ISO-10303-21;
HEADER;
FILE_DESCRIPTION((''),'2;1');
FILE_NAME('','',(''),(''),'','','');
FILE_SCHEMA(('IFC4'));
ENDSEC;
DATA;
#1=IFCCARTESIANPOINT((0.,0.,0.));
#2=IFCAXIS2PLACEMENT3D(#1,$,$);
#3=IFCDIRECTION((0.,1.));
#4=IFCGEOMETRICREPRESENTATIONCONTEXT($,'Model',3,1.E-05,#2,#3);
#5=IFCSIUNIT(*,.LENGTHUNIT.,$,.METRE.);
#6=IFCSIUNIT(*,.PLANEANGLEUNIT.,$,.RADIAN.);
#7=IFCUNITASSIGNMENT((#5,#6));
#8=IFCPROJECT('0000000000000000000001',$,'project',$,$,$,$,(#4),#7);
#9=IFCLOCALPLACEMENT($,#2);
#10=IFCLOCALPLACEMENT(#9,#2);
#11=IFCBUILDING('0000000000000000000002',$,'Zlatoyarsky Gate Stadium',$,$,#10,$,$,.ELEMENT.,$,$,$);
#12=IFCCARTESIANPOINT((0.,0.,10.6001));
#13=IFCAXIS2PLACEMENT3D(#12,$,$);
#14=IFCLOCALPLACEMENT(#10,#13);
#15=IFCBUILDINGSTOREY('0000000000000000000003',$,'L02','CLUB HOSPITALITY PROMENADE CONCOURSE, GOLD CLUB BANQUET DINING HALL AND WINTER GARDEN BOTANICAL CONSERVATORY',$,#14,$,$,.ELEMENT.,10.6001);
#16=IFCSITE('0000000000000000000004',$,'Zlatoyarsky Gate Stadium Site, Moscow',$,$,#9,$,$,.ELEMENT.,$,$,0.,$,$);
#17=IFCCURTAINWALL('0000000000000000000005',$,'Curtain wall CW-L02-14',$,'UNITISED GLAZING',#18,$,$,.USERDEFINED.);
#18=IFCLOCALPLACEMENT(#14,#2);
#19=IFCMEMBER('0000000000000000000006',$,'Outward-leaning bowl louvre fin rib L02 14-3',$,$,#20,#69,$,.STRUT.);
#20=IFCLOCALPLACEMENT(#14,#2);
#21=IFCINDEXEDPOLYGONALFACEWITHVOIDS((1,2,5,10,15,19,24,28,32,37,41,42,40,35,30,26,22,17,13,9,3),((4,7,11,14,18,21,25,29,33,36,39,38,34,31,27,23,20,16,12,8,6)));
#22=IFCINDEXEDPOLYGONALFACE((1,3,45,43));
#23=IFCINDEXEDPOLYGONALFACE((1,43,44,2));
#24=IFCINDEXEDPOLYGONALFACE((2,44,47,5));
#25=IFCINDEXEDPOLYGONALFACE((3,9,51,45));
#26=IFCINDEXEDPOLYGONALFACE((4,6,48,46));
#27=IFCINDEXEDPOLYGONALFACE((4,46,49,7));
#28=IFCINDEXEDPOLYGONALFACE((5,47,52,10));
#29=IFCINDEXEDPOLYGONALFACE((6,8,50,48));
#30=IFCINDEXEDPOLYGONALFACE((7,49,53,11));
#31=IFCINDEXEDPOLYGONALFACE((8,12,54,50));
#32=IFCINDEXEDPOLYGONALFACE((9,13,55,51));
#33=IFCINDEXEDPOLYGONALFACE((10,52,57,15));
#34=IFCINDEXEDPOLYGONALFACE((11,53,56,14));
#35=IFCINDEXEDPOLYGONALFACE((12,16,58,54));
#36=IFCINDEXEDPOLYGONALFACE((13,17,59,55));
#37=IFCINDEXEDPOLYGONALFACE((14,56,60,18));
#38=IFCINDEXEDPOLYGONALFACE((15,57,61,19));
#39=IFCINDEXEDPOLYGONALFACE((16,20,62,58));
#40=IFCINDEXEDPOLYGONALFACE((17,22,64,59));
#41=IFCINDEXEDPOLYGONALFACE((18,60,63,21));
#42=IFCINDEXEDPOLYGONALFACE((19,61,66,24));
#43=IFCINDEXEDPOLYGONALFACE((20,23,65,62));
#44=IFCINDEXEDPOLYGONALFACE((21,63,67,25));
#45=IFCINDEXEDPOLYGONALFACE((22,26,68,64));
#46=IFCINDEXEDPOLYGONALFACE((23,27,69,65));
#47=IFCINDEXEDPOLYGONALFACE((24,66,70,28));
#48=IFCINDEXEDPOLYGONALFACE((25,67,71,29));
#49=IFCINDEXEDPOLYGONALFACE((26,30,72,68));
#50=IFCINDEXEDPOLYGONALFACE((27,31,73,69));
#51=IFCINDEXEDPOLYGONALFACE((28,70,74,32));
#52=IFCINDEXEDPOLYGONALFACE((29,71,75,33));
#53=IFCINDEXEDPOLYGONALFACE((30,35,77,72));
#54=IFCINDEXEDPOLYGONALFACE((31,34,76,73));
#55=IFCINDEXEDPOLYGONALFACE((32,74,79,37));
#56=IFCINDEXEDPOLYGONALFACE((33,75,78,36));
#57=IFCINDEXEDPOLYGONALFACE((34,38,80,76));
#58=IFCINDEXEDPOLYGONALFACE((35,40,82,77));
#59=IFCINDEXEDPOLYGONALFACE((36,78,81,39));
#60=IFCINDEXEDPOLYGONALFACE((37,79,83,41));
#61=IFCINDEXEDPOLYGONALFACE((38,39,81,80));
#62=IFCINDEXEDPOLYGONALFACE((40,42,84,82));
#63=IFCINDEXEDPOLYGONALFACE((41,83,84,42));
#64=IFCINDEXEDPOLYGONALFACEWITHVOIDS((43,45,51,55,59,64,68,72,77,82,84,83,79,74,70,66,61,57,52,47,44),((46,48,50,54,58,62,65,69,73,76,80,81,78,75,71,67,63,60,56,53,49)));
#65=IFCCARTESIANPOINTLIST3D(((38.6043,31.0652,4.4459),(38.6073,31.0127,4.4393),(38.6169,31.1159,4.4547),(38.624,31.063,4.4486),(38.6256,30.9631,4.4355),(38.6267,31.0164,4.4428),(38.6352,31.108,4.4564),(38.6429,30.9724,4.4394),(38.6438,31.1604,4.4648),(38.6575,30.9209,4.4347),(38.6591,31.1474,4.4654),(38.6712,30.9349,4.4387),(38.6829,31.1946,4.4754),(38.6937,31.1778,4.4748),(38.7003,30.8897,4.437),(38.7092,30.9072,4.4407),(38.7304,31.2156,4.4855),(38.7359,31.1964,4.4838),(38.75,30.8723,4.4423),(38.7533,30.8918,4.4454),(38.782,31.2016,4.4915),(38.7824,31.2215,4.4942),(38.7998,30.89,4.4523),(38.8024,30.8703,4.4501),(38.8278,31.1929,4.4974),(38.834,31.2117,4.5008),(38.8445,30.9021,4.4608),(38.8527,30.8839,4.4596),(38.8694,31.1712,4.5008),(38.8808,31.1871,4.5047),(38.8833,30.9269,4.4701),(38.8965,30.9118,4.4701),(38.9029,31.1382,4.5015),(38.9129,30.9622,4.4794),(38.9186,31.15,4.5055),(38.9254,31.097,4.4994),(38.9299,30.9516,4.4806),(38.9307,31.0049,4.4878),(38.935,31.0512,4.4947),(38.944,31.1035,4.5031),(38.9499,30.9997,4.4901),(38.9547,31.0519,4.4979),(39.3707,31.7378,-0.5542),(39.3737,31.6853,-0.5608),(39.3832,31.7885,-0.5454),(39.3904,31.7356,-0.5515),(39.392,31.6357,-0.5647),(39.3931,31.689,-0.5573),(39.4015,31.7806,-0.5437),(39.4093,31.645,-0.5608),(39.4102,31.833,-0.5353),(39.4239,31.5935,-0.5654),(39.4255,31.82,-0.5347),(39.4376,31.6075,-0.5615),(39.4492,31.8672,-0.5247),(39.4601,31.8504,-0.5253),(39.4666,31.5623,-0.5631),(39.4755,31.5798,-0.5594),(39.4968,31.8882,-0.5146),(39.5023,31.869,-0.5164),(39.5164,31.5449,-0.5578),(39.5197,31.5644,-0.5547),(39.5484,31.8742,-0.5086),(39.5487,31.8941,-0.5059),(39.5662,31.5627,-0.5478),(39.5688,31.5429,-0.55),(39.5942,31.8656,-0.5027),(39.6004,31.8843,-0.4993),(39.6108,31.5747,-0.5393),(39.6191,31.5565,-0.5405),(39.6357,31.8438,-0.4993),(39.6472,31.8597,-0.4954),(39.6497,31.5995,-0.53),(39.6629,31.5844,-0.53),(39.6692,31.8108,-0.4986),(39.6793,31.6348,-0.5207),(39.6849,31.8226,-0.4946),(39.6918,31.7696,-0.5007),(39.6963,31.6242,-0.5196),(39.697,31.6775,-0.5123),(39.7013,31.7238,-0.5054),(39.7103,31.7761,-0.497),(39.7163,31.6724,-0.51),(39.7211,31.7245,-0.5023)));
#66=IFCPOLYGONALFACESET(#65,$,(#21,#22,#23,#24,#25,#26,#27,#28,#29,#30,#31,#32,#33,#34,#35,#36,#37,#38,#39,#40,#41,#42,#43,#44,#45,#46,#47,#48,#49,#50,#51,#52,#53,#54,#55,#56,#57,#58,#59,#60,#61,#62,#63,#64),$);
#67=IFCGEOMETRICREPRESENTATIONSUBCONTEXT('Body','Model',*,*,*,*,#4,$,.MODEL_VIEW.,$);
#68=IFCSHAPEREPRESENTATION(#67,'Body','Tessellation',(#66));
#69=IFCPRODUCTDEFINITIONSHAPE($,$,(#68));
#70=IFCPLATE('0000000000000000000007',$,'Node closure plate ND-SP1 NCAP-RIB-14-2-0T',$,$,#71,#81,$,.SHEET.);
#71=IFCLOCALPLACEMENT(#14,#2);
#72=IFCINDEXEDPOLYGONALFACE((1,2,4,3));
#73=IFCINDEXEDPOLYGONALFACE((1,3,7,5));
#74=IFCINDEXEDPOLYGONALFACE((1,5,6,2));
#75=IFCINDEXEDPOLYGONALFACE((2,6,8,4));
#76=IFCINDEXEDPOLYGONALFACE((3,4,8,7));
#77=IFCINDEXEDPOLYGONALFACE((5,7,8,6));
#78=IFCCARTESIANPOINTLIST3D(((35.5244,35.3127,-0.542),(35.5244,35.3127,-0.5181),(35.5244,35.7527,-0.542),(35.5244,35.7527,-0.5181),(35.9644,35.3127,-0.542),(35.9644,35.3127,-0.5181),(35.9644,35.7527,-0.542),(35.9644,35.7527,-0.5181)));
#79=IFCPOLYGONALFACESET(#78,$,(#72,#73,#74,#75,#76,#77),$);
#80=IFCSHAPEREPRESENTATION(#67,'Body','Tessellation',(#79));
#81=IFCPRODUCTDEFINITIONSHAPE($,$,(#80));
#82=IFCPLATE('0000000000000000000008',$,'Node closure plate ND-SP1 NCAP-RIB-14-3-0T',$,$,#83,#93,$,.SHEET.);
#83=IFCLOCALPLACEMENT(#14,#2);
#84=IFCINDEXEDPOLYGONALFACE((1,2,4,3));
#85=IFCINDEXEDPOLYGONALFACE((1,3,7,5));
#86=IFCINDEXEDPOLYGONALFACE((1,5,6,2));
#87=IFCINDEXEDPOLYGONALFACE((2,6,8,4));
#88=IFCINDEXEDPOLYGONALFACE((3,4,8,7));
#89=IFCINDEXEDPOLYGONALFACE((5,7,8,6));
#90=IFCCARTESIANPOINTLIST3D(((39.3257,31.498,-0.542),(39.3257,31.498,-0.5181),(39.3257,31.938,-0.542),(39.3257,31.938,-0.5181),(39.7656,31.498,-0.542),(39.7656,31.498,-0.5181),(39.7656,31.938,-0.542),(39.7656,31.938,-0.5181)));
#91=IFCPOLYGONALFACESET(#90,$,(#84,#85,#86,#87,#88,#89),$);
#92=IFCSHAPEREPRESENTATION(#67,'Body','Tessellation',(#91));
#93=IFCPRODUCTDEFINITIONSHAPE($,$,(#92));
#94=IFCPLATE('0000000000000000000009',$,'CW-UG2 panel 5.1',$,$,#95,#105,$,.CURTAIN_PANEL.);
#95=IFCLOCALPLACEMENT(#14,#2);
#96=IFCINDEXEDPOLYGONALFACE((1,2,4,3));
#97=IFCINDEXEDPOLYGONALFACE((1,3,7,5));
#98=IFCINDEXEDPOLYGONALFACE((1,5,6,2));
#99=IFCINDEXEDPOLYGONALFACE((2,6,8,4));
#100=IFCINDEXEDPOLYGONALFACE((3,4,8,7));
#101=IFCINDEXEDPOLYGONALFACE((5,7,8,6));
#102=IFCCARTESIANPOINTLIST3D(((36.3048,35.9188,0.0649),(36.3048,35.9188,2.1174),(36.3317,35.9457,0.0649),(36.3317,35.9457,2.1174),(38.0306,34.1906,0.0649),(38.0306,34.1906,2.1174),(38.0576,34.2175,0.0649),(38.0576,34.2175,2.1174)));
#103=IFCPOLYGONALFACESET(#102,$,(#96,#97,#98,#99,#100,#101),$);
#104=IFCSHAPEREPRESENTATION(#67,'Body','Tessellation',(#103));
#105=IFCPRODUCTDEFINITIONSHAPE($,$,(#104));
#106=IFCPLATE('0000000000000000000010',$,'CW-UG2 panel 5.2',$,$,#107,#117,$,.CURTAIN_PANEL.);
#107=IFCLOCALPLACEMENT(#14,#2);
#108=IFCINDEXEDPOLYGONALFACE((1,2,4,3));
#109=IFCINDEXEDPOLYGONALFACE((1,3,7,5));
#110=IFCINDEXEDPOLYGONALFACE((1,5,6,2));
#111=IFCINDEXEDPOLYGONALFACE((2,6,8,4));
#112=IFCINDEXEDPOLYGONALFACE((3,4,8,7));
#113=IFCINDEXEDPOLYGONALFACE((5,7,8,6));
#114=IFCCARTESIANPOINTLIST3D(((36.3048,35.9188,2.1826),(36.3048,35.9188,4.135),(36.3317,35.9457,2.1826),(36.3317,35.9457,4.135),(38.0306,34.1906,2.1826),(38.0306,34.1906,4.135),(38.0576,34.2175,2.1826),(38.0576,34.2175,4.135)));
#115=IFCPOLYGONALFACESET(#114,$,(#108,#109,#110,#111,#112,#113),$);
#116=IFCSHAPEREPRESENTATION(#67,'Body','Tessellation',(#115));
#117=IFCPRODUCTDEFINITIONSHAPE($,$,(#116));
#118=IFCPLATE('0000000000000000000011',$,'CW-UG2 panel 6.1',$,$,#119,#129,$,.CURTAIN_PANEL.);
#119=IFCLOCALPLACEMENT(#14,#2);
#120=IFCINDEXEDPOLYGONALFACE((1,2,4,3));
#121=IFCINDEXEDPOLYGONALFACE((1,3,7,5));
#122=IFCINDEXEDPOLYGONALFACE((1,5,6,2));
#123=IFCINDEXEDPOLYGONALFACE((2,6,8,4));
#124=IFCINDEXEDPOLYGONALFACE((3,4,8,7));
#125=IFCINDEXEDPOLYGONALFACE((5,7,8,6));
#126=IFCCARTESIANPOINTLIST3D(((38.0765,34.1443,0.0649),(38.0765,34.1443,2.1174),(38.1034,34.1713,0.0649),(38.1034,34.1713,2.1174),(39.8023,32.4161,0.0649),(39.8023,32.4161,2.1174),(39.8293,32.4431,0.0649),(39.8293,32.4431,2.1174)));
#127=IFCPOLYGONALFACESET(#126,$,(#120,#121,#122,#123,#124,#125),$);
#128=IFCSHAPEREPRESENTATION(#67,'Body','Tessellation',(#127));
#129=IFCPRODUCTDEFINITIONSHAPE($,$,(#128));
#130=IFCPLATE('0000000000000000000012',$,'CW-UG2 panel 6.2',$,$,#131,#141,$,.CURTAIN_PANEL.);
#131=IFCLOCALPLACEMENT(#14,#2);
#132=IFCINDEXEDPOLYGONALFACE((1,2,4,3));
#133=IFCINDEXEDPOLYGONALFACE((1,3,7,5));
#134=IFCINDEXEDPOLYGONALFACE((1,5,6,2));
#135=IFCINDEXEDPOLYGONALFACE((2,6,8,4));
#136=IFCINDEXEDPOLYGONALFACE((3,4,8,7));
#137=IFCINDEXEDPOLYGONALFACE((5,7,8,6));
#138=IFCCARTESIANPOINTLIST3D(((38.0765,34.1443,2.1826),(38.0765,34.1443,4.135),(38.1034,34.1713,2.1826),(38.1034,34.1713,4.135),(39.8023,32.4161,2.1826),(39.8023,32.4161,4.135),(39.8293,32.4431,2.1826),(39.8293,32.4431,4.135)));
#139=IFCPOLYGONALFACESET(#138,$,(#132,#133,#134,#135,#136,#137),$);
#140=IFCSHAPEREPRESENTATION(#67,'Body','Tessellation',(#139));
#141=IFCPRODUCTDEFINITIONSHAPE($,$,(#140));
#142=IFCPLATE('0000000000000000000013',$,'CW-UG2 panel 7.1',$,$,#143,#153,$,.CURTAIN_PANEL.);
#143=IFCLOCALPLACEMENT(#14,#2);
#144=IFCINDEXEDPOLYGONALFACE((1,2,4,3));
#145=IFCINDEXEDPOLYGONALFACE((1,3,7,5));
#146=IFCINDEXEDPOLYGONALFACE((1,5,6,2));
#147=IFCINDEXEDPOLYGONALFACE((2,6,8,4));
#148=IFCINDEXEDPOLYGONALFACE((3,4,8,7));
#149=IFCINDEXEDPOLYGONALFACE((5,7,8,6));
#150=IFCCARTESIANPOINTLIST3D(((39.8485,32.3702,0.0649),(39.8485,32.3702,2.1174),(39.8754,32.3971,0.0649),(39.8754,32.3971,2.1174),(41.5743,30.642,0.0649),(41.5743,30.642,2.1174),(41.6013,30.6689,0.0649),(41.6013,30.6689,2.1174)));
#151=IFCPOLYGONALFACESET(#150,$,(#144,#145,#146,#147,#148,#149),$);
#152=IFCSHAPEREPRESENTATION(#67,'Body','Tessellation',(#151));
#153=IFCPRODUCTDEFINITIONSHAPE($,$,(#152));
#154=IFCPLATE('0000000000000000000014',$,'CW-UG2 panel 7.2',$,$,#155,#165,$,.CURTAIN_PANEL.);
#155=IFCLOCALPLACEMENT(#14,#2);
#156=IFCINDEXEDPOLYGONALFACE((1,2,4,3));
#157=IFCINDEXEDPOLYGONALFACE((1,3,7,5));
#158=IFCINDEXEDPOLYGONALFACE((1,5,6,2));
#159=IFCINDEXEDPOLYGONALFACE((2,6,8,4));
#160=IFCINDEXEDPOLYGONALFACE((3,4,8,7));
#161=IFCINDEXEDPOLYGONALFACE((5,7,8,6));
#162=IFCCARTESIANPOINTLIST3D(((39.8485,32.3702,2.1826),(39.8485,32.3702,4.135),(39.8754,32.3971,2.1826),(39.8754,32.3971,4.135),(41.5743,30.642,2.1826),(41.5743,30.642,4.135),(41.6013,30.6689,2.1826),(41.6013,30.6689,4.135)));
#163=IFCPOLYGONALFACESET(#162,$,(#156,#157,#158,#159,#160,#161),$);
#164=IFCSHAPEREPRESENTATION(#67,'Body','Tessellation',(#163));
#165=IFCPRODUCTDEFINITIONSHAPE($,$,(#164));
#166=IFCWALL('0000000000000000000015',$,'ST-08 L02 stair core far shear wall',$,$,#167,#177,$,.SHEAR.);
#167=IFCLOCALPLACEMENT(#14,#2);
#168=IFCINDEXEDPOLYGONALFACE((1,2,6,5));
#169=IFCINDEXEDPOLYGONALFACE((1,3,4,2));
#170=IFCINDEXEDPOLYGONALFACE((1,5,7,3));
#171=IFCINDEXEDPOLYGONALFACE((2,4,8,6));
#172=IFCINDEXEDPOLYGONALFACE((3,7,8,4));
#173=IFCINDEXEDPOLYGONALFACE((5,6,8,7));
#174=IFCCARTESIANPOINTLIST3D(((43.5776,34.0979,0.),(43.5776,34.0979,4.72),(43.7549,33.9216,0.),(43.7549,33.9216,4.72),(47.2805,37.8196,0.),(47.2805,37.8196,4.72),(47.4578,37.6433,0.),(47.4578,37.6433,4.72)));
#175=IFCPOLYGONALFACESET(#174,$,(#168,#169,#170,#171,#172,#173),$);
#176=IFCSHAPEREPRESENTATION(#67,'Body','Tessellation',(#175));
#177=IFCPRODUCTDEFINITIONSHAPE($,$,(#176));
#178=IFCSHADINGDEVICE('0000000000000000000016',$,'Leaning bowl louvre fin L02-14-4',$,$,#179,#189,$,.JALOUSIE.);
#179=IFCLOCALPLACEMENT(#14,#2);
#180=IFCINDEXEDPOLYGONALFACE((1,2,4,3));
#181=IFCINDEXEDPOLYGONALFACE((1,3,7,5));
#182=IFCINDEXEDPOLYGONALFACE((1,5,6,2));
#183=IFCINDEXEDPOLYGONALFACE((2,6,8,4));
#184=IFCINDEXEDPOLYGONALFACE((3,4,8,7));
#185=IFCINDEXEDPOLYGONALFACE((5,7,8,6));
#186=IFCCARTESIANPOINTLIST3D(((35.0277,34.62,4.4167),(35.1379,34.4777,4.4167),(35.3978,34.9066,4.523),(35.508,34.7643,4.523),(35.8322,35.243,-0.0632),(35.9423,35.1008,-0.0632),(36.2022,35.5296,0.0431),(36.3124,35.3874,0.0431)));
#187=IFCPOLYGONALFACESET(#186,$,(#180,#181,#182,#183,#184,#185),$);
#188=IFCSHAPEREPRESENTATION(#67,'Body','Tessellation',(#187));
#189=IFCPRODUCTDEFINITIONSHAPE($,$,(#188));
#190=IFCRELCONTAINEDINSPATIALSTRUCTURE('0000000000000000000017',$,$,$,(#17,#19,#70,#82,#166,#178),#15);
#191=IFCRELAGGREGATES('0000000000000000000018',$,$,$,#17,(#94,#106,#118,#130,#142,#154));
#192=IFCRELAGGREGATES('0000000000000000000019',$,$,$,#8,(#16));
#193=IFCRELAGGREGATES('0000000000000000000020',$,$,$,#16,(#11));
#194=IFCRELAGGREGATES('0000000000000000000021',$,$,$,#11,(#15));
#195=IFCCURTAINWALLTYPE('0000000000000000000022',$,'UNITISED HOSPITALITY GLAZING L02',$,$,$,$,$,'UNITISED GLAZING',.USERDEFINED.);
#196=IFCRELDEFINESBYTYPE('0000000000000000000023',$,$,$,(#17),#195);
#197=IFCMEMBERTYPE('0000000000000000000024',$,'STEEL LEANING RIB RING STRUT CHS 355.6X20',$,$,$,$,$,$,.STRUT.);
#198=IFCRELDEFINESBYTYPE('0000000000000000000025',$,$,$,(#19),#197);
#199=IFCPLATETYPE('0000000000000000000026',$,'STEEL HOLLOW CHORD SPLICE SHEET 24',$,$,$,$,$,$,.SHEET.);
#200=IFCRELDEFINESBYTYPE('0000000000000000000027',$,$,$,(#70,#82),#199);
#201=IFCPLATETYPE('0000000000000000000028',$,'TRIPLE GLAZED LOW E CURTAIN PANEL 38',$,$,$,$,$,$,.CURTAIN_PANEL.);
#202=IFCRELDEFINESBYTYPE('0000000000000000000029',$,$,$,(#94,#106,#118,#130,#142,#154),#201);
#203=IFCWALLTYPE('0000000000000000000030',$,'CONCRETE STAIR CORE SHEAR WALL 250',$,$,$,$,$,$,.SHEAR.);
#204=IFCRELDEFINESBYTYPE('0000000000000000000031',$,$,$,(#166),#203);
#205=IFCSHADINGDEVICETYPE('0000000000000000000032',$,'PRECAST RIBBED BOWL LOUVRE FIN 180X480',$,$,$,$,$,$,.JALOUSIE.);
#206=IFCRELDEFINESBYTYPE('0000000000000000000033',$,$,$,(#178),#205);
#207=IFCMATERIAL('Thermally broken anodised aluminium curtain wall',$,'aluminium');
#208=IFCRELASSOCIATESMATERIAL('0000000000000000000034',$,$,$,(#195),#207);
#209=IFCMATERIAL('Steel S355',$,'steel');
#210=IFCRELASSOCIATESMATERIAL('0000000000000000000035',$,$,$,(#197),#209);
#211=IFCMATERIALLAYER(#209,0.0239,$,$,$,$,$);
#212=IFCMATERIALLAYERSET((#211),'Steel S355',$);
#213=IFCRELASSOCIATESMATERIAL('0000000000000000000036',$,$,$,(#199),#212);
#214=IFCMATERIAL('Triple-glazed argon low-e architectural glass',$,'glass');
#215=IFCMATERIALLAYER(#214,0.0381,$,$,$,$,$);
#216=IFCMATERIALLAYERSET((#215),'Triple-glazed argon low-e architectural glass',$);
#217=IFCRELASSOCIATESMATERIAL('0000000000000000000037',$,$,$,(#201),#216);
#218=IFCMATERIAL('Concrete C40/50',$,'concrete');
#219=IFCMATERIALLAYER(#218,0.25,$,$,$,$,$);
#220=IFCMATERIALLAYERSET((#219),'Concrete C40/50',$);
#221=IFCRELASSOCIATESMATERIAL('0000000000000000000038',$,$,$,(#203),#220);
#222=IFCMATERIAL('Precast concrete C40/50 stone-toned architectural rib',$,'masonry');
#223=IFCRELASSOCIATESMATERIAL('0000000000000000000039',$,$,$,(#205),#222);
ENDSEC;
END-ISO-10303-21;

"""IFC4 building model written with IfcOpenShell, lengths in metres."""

from ifc_helpers import new_model, si_unit, direction, frame, frame_2d, origin, origin_2d, place, context, subcontext, project, spatial, rectangle, hollow_circle, extrude, material, layer, layer_set, material_profile, profile_set, type_object, element, aggregate, save


model = new_model("IFC4")

# Units and contexts
model_context = context("Model", 3, precision=1e-05, world=origin(), true_north=direction((0.0, 1.0)))
body_context = subcontext(model_context, "Body", "Model", "MODEL_VIEW")
ifc_project = project(units=[si_unit("LENGTHUNIT", "METRE"), si_unit("PLANEANGLEUNIT", "RADIAN")], contexts=[model_context])

# Site, building, storey
site_placement = place(None, origin())
site = spatial("IfcSite", under=ifc_project, at=site_placement, Name="Zlatoyarsky Gate Stadium Site, Moscow", CompositionType="ELEMENT", RefElevation=0.0)
building_placement = place(site_placement, origin())
building = spatial("IfcBuilding", under=site, at=building_placement, Name="Zlatoyarsky Gate Stadium", CompositionType="ELEMENT")
storey_placement = place(building_placement, frame((0.0, 0.0, 10.6001)))
storey = spatial("IfcBuildingStorey", under=building, at=storey_placement, Name="L02", Description="CLUB HOSPITALITY PROMENADE CONCOURSE, GOLD CLUB BANQUET DINING HALL AND WINTER GARDEN BOTANICAL CONSERVATORY", CompositionType="ELEMENT", Elevation=10.6001)

# Curtain wall
ifc_material_1 = material(Name="Thermally broken anodised aluminium curtain wall", Category="aluminium")
curtain_wall_type = type_object("IfcCurtainWallType", Name="UNITISED HOSPITALITY GLAZING L02", ElementType="UNITISED GLAZING", PredefinedType="USERDEFINED", material=ifc_material_1)
curtain_wall_placement = place(storey_placement, origin())
curtain_wall = element("IfcCurtainWall", 1, at=curtain_wall_placement, inside=storey, type_object=curtain_wall_type, Name="Curtain wall CW-L02-14", ObjectType="UNITISED GLAZING", PredefinedType="USERDEFINED")

# Member
ifc_material_2 = material(Name="Steel S355", Category="steel")
ifc_material_profile_1 = material_profile(ifc_material_2, hollow_circle(Radius=0.1777, WallThickness=0.02, at=origin_2d()), Name="CHS 355.6X20")
ifc_profile_set_1 = profile_set([ifc_material_profile_1], Name="Steel S355")
member_type_1 = type_object("IfcMemberType", Name="STEEL LEANING RIB RING STRUT CHS 355.6X20", PredefinedType="STRUT", material=ifc_profile_set_1)
member_1_placement = place(storey_placement, frame((39.5457, 31.718, -0.53), z_axis=(-0.15018, -0.131809, 0.979833), x_axis=(0.65964, -0.751582, 0.0)))
element("IfcMember", 2, at=member_1_placement, inside=storey, type_object=member_type_1, Name="Outward-leaning bowl louvre fin rib L02 14-3", PredefinedType="STRUT", context=body_context, shape_type="SweptSolid", body=[
    extrude(hollow_circle(Radius=0.1777, WallThickness=0.02, at=origin_2d()), origin(), (0.0, 0.0, 1.0), 5.103),
])

# Plates
ifc_layer_1 = layer(ifc_material_2, 0.0239)
ifc_layer_set_1 = layer_set([ifc_layer_1], Name="Steel S355")
plate_type_1 = type_object("IfcPlateType", Name="STEEL HOLLOW CHORD SPLICE SHEET 24", PredefinedType="SHEET", material=ifc_layer_set_1)
for number, where, z_axis, x_axis, name in (
    (3, (35.7444, 35.5327, -0.542), (0.0, 0.0, 1.0), (1.0, 0.0, 0.0), "Node closure plate ND-SP1 NCAP-RIB-14-2-0T"),
    (4, (39.5457, 31.718, -0.542), (0.0, 0.0, 1.0), (1.0, 0.0, 0.0), "Node closure plate ND-SP1 NCAP-RIB-14-3-0T"),
):
    element("IfcPlate", number, at=place(storey_placement, frame(where, z_axis=z_axis, x_axis=x_axis)), inside=storey, type_object=plate_type_1, Name=name, PredefinedType="SHEET", context=body_context, shape_type="SweptSolid", body=[
        extrude(rectangle(XDim=0.4399, YDim=0.4399, at=origin_2d()), origin(), (0.0, 0.0, 1.0), 0.0239),
    ])

# Plates
ifc_material_3 = material(Name="Triple-glazed argon low-e architectural glass", Category="glass")
ifc_layer_2 = layer(ifc_material_3, 0.0381)
ifc_layer_set_2 = layer_set([ifc_layer_2], Name="Triple-glazed argon low-e architectural glass")
plate_type_2 = type_object("IfcPlateType", Name="TRIPLE GLAZED LOW E CURTAIN PANEL 38", PredefinedType="CURTAIN_PANEL", material=ifc_layer_set_2)
plate_1_placement = place(storey_placement, frame((37.1812, 35.0681, 0.0649), z_axis=(0.0, 0.0, 1.0), x_axis=(0.706626, -0.707588, 0.0)))
plate_1 = element("IfcPlate", 5, at=plate_1_placement, type_object=plate_type_2, Name="CW-UG2 panel 5.1", PredefinedType="CURTAIN_PANEL", context=body_context, shape_type="SweptSolid", body=[
    extrude(rectangle(XDim=2.4424, YDim=0.0381, at=origin_2d()), origin(), (0.0, 0.0, 1.0), 2.0525),
])
plate_2_placement = place(storey_placement, frame((37.1812, 35.0681, 2.1826), z_axis=(0.0, 0.0, 1.0), x_axis=(0.706626, -0.707588, 0.0)))
plate_2 = element("IfcPlate", 6, at=plate_2_placement, type_object=plate_type_2, Name="CW-UG2 panel 5.2", PredefinedType="CURTAIN_PANEL", context=body_context, shape_type="SweptSolid", body=[
    extrude(rectangle(XDim=2.4424, YDim=0.0381, at=origin_2d()), origin(), (0.0, 0.0, 1.0), 1.9524),
])
plate_3_placement = place(storey_placement, frame((38.9529, 33.2937, 0.0649), z_axis=(0.0, 0.0, 1.0), x_axis=(0.706626, -0.707588, 0.0)))
plate_3 = element("IfcPlate", 7, at=plate_3_placement, type_object=plate_type_2, Name="CW-UG2 panel 6.1", PredefinedType="CURTAIN_PANEL", context=body_context, shape_type="SweptSolid", body=[
    extrude(rectangle(XDim=2.4424, YDim=0.0381, at=origin_2d()), origin(), (0.0, 0.0, 1.0), 2.0525),
])
plate_4_placement = place(storey_placement, frame((38.9529, 33.2937, 2.1826), z_axis=(0.0, 0.0, 1.0), x_axis=(0.706626, -0.707588, 0.0)))
plate_4 = element("IfcPlate", 8, at=plate_4_placement, type_object=plate_type_2, Name="CW-UG2 panel 6.2", PredefinedType="CURTAIN_PANEL", context=body_context, shape_type="SweptSolid", body=[
    extrude(rectangle(XDim=2.4424, YDim=0.0381, at=origin_2d()), origin(), (0.0, 0.0, 1.0), 1.9524),
])
plate_5_placement = place(storey_placement, frame((40.7249, 31.5195, 0.0649), z_axis=(0.0, 0.0, 1.0), x_axis=(0.706626, -0.707588, 0.0)))
plate_5 = element("IfcPlate", 9, at=plate_5_placement, type_object=plate_type_2, Name="CW-UG2 panel 7.1", PredefinedType="CURTAIN_PANEL", context=body_context, shape_type="SweptSolid", body=[
    extrude(rectangle(XDim=2.4424, YDim=0.0381, at=origin_2d()), origin(), (0.0, 0.0, 1.0), 2.0525),
])
plate_6_placement = place(storey_placement, frame((40.7249, 31.5195, 2.1826), z_axis=(0.0, 0.0, 1.0), x_axis=(0.706626, -0.707588, 0.0)))
plate_6 = element("IfcPlate", 10, at=plate_6_placement, type_object=plate_type_2, Name="CW-UG2 panel 7.2", PredefinedType="CURTAIN_PANEL", context=body_context, shape_type="SweptSolid", body=[
    extrude(rectangle(XDim=2.4424, YDim=0.0381, at=origin_2d()), origin(), (0.0, 0.0, 1.0), 1.9524),
])
aggregate(curtain_wall, [plate_1, plate_2, plate_3, plate_4, plate_5, plate_6])

# Wall
ifc_material_4 = material(Name="Concrete C40/50", Category="concrete")
ifc_layer_3 = layer(ifc_material_4, 0.25)
ifc_layer_set_3 = layer_set([ifc_layer_3], Name="Concrete C40/50")
wall_type = type_object("IfcWallType", Name="CONCRETE STAIR CORE SHEAR WALL 250", PredefinedType="SHEAR", material=ifc_layer_set_3)
wall_placement = place(storey_placement, frame((43.6663, 34.0098, 0.0), z_axis=(0.0, 0.0, 1.0), x_axis=(0.705314, 0.708895, 0.0)))
element("IfcWall", 11, at=wall_placement, inside=storey, type_object=wall_type, Name="ST-08 L02 stair core far shear wall", PredefinedType="SHEAR", context=body_context, shape_type="SweptSolid", body=[
    extrude(rectangle(XDim=5.25, YDim=0.25, at=frame_2d((2.625, 0.0))), origin(), (0.0, 0.0, 1.0), 4.72),
])

# Shading device
ifc_material_5 = material(Name="Precast concrete C40/50 stone-toned architectural rib", Category="masonry")
ifc_material_profile_2 = material_profile(ifc_material_5, rectangle(XDim=0.1799, YDim=0.48, at=origin_2d()), Name="RIB 180X480")
ifc_profile_set_2 = profile_set([ifc_material_profile_2], Name="Precast concrete C40/50 stone-toned architectural rib")
shading_device_type = type_object("IfcShadingDeviceType", Name="PRECAST RIBBED BOWL LOUVRE FIN 180X480", PredefinedType="JALOUSIE", material=ifc_profile_set_2)
shading_device_placement = place(storey_placement, frame((36.0723, 35.3152, -0.01), z_axis=(-0.175104, -0.13562, 0.975164), x_axis=(0.612328, -0.790604, 0.0)))
element("IfcShadingDevice", 12, at=shading_device_placement, inside=storey, type_object=shading_device_type, Name="Leaning bowl louvre fin L02-14-4", PredefinedType="JALOUSIE", context=body_context, shape_type="SweptSolid", body=[
    extrude(rectangle(XDim=0.1799, YDim=0.48, at=origin_2d()), origin(), (0.0, 0.0, 1.0), 4.594),
])

save(model, "model.ifc")
